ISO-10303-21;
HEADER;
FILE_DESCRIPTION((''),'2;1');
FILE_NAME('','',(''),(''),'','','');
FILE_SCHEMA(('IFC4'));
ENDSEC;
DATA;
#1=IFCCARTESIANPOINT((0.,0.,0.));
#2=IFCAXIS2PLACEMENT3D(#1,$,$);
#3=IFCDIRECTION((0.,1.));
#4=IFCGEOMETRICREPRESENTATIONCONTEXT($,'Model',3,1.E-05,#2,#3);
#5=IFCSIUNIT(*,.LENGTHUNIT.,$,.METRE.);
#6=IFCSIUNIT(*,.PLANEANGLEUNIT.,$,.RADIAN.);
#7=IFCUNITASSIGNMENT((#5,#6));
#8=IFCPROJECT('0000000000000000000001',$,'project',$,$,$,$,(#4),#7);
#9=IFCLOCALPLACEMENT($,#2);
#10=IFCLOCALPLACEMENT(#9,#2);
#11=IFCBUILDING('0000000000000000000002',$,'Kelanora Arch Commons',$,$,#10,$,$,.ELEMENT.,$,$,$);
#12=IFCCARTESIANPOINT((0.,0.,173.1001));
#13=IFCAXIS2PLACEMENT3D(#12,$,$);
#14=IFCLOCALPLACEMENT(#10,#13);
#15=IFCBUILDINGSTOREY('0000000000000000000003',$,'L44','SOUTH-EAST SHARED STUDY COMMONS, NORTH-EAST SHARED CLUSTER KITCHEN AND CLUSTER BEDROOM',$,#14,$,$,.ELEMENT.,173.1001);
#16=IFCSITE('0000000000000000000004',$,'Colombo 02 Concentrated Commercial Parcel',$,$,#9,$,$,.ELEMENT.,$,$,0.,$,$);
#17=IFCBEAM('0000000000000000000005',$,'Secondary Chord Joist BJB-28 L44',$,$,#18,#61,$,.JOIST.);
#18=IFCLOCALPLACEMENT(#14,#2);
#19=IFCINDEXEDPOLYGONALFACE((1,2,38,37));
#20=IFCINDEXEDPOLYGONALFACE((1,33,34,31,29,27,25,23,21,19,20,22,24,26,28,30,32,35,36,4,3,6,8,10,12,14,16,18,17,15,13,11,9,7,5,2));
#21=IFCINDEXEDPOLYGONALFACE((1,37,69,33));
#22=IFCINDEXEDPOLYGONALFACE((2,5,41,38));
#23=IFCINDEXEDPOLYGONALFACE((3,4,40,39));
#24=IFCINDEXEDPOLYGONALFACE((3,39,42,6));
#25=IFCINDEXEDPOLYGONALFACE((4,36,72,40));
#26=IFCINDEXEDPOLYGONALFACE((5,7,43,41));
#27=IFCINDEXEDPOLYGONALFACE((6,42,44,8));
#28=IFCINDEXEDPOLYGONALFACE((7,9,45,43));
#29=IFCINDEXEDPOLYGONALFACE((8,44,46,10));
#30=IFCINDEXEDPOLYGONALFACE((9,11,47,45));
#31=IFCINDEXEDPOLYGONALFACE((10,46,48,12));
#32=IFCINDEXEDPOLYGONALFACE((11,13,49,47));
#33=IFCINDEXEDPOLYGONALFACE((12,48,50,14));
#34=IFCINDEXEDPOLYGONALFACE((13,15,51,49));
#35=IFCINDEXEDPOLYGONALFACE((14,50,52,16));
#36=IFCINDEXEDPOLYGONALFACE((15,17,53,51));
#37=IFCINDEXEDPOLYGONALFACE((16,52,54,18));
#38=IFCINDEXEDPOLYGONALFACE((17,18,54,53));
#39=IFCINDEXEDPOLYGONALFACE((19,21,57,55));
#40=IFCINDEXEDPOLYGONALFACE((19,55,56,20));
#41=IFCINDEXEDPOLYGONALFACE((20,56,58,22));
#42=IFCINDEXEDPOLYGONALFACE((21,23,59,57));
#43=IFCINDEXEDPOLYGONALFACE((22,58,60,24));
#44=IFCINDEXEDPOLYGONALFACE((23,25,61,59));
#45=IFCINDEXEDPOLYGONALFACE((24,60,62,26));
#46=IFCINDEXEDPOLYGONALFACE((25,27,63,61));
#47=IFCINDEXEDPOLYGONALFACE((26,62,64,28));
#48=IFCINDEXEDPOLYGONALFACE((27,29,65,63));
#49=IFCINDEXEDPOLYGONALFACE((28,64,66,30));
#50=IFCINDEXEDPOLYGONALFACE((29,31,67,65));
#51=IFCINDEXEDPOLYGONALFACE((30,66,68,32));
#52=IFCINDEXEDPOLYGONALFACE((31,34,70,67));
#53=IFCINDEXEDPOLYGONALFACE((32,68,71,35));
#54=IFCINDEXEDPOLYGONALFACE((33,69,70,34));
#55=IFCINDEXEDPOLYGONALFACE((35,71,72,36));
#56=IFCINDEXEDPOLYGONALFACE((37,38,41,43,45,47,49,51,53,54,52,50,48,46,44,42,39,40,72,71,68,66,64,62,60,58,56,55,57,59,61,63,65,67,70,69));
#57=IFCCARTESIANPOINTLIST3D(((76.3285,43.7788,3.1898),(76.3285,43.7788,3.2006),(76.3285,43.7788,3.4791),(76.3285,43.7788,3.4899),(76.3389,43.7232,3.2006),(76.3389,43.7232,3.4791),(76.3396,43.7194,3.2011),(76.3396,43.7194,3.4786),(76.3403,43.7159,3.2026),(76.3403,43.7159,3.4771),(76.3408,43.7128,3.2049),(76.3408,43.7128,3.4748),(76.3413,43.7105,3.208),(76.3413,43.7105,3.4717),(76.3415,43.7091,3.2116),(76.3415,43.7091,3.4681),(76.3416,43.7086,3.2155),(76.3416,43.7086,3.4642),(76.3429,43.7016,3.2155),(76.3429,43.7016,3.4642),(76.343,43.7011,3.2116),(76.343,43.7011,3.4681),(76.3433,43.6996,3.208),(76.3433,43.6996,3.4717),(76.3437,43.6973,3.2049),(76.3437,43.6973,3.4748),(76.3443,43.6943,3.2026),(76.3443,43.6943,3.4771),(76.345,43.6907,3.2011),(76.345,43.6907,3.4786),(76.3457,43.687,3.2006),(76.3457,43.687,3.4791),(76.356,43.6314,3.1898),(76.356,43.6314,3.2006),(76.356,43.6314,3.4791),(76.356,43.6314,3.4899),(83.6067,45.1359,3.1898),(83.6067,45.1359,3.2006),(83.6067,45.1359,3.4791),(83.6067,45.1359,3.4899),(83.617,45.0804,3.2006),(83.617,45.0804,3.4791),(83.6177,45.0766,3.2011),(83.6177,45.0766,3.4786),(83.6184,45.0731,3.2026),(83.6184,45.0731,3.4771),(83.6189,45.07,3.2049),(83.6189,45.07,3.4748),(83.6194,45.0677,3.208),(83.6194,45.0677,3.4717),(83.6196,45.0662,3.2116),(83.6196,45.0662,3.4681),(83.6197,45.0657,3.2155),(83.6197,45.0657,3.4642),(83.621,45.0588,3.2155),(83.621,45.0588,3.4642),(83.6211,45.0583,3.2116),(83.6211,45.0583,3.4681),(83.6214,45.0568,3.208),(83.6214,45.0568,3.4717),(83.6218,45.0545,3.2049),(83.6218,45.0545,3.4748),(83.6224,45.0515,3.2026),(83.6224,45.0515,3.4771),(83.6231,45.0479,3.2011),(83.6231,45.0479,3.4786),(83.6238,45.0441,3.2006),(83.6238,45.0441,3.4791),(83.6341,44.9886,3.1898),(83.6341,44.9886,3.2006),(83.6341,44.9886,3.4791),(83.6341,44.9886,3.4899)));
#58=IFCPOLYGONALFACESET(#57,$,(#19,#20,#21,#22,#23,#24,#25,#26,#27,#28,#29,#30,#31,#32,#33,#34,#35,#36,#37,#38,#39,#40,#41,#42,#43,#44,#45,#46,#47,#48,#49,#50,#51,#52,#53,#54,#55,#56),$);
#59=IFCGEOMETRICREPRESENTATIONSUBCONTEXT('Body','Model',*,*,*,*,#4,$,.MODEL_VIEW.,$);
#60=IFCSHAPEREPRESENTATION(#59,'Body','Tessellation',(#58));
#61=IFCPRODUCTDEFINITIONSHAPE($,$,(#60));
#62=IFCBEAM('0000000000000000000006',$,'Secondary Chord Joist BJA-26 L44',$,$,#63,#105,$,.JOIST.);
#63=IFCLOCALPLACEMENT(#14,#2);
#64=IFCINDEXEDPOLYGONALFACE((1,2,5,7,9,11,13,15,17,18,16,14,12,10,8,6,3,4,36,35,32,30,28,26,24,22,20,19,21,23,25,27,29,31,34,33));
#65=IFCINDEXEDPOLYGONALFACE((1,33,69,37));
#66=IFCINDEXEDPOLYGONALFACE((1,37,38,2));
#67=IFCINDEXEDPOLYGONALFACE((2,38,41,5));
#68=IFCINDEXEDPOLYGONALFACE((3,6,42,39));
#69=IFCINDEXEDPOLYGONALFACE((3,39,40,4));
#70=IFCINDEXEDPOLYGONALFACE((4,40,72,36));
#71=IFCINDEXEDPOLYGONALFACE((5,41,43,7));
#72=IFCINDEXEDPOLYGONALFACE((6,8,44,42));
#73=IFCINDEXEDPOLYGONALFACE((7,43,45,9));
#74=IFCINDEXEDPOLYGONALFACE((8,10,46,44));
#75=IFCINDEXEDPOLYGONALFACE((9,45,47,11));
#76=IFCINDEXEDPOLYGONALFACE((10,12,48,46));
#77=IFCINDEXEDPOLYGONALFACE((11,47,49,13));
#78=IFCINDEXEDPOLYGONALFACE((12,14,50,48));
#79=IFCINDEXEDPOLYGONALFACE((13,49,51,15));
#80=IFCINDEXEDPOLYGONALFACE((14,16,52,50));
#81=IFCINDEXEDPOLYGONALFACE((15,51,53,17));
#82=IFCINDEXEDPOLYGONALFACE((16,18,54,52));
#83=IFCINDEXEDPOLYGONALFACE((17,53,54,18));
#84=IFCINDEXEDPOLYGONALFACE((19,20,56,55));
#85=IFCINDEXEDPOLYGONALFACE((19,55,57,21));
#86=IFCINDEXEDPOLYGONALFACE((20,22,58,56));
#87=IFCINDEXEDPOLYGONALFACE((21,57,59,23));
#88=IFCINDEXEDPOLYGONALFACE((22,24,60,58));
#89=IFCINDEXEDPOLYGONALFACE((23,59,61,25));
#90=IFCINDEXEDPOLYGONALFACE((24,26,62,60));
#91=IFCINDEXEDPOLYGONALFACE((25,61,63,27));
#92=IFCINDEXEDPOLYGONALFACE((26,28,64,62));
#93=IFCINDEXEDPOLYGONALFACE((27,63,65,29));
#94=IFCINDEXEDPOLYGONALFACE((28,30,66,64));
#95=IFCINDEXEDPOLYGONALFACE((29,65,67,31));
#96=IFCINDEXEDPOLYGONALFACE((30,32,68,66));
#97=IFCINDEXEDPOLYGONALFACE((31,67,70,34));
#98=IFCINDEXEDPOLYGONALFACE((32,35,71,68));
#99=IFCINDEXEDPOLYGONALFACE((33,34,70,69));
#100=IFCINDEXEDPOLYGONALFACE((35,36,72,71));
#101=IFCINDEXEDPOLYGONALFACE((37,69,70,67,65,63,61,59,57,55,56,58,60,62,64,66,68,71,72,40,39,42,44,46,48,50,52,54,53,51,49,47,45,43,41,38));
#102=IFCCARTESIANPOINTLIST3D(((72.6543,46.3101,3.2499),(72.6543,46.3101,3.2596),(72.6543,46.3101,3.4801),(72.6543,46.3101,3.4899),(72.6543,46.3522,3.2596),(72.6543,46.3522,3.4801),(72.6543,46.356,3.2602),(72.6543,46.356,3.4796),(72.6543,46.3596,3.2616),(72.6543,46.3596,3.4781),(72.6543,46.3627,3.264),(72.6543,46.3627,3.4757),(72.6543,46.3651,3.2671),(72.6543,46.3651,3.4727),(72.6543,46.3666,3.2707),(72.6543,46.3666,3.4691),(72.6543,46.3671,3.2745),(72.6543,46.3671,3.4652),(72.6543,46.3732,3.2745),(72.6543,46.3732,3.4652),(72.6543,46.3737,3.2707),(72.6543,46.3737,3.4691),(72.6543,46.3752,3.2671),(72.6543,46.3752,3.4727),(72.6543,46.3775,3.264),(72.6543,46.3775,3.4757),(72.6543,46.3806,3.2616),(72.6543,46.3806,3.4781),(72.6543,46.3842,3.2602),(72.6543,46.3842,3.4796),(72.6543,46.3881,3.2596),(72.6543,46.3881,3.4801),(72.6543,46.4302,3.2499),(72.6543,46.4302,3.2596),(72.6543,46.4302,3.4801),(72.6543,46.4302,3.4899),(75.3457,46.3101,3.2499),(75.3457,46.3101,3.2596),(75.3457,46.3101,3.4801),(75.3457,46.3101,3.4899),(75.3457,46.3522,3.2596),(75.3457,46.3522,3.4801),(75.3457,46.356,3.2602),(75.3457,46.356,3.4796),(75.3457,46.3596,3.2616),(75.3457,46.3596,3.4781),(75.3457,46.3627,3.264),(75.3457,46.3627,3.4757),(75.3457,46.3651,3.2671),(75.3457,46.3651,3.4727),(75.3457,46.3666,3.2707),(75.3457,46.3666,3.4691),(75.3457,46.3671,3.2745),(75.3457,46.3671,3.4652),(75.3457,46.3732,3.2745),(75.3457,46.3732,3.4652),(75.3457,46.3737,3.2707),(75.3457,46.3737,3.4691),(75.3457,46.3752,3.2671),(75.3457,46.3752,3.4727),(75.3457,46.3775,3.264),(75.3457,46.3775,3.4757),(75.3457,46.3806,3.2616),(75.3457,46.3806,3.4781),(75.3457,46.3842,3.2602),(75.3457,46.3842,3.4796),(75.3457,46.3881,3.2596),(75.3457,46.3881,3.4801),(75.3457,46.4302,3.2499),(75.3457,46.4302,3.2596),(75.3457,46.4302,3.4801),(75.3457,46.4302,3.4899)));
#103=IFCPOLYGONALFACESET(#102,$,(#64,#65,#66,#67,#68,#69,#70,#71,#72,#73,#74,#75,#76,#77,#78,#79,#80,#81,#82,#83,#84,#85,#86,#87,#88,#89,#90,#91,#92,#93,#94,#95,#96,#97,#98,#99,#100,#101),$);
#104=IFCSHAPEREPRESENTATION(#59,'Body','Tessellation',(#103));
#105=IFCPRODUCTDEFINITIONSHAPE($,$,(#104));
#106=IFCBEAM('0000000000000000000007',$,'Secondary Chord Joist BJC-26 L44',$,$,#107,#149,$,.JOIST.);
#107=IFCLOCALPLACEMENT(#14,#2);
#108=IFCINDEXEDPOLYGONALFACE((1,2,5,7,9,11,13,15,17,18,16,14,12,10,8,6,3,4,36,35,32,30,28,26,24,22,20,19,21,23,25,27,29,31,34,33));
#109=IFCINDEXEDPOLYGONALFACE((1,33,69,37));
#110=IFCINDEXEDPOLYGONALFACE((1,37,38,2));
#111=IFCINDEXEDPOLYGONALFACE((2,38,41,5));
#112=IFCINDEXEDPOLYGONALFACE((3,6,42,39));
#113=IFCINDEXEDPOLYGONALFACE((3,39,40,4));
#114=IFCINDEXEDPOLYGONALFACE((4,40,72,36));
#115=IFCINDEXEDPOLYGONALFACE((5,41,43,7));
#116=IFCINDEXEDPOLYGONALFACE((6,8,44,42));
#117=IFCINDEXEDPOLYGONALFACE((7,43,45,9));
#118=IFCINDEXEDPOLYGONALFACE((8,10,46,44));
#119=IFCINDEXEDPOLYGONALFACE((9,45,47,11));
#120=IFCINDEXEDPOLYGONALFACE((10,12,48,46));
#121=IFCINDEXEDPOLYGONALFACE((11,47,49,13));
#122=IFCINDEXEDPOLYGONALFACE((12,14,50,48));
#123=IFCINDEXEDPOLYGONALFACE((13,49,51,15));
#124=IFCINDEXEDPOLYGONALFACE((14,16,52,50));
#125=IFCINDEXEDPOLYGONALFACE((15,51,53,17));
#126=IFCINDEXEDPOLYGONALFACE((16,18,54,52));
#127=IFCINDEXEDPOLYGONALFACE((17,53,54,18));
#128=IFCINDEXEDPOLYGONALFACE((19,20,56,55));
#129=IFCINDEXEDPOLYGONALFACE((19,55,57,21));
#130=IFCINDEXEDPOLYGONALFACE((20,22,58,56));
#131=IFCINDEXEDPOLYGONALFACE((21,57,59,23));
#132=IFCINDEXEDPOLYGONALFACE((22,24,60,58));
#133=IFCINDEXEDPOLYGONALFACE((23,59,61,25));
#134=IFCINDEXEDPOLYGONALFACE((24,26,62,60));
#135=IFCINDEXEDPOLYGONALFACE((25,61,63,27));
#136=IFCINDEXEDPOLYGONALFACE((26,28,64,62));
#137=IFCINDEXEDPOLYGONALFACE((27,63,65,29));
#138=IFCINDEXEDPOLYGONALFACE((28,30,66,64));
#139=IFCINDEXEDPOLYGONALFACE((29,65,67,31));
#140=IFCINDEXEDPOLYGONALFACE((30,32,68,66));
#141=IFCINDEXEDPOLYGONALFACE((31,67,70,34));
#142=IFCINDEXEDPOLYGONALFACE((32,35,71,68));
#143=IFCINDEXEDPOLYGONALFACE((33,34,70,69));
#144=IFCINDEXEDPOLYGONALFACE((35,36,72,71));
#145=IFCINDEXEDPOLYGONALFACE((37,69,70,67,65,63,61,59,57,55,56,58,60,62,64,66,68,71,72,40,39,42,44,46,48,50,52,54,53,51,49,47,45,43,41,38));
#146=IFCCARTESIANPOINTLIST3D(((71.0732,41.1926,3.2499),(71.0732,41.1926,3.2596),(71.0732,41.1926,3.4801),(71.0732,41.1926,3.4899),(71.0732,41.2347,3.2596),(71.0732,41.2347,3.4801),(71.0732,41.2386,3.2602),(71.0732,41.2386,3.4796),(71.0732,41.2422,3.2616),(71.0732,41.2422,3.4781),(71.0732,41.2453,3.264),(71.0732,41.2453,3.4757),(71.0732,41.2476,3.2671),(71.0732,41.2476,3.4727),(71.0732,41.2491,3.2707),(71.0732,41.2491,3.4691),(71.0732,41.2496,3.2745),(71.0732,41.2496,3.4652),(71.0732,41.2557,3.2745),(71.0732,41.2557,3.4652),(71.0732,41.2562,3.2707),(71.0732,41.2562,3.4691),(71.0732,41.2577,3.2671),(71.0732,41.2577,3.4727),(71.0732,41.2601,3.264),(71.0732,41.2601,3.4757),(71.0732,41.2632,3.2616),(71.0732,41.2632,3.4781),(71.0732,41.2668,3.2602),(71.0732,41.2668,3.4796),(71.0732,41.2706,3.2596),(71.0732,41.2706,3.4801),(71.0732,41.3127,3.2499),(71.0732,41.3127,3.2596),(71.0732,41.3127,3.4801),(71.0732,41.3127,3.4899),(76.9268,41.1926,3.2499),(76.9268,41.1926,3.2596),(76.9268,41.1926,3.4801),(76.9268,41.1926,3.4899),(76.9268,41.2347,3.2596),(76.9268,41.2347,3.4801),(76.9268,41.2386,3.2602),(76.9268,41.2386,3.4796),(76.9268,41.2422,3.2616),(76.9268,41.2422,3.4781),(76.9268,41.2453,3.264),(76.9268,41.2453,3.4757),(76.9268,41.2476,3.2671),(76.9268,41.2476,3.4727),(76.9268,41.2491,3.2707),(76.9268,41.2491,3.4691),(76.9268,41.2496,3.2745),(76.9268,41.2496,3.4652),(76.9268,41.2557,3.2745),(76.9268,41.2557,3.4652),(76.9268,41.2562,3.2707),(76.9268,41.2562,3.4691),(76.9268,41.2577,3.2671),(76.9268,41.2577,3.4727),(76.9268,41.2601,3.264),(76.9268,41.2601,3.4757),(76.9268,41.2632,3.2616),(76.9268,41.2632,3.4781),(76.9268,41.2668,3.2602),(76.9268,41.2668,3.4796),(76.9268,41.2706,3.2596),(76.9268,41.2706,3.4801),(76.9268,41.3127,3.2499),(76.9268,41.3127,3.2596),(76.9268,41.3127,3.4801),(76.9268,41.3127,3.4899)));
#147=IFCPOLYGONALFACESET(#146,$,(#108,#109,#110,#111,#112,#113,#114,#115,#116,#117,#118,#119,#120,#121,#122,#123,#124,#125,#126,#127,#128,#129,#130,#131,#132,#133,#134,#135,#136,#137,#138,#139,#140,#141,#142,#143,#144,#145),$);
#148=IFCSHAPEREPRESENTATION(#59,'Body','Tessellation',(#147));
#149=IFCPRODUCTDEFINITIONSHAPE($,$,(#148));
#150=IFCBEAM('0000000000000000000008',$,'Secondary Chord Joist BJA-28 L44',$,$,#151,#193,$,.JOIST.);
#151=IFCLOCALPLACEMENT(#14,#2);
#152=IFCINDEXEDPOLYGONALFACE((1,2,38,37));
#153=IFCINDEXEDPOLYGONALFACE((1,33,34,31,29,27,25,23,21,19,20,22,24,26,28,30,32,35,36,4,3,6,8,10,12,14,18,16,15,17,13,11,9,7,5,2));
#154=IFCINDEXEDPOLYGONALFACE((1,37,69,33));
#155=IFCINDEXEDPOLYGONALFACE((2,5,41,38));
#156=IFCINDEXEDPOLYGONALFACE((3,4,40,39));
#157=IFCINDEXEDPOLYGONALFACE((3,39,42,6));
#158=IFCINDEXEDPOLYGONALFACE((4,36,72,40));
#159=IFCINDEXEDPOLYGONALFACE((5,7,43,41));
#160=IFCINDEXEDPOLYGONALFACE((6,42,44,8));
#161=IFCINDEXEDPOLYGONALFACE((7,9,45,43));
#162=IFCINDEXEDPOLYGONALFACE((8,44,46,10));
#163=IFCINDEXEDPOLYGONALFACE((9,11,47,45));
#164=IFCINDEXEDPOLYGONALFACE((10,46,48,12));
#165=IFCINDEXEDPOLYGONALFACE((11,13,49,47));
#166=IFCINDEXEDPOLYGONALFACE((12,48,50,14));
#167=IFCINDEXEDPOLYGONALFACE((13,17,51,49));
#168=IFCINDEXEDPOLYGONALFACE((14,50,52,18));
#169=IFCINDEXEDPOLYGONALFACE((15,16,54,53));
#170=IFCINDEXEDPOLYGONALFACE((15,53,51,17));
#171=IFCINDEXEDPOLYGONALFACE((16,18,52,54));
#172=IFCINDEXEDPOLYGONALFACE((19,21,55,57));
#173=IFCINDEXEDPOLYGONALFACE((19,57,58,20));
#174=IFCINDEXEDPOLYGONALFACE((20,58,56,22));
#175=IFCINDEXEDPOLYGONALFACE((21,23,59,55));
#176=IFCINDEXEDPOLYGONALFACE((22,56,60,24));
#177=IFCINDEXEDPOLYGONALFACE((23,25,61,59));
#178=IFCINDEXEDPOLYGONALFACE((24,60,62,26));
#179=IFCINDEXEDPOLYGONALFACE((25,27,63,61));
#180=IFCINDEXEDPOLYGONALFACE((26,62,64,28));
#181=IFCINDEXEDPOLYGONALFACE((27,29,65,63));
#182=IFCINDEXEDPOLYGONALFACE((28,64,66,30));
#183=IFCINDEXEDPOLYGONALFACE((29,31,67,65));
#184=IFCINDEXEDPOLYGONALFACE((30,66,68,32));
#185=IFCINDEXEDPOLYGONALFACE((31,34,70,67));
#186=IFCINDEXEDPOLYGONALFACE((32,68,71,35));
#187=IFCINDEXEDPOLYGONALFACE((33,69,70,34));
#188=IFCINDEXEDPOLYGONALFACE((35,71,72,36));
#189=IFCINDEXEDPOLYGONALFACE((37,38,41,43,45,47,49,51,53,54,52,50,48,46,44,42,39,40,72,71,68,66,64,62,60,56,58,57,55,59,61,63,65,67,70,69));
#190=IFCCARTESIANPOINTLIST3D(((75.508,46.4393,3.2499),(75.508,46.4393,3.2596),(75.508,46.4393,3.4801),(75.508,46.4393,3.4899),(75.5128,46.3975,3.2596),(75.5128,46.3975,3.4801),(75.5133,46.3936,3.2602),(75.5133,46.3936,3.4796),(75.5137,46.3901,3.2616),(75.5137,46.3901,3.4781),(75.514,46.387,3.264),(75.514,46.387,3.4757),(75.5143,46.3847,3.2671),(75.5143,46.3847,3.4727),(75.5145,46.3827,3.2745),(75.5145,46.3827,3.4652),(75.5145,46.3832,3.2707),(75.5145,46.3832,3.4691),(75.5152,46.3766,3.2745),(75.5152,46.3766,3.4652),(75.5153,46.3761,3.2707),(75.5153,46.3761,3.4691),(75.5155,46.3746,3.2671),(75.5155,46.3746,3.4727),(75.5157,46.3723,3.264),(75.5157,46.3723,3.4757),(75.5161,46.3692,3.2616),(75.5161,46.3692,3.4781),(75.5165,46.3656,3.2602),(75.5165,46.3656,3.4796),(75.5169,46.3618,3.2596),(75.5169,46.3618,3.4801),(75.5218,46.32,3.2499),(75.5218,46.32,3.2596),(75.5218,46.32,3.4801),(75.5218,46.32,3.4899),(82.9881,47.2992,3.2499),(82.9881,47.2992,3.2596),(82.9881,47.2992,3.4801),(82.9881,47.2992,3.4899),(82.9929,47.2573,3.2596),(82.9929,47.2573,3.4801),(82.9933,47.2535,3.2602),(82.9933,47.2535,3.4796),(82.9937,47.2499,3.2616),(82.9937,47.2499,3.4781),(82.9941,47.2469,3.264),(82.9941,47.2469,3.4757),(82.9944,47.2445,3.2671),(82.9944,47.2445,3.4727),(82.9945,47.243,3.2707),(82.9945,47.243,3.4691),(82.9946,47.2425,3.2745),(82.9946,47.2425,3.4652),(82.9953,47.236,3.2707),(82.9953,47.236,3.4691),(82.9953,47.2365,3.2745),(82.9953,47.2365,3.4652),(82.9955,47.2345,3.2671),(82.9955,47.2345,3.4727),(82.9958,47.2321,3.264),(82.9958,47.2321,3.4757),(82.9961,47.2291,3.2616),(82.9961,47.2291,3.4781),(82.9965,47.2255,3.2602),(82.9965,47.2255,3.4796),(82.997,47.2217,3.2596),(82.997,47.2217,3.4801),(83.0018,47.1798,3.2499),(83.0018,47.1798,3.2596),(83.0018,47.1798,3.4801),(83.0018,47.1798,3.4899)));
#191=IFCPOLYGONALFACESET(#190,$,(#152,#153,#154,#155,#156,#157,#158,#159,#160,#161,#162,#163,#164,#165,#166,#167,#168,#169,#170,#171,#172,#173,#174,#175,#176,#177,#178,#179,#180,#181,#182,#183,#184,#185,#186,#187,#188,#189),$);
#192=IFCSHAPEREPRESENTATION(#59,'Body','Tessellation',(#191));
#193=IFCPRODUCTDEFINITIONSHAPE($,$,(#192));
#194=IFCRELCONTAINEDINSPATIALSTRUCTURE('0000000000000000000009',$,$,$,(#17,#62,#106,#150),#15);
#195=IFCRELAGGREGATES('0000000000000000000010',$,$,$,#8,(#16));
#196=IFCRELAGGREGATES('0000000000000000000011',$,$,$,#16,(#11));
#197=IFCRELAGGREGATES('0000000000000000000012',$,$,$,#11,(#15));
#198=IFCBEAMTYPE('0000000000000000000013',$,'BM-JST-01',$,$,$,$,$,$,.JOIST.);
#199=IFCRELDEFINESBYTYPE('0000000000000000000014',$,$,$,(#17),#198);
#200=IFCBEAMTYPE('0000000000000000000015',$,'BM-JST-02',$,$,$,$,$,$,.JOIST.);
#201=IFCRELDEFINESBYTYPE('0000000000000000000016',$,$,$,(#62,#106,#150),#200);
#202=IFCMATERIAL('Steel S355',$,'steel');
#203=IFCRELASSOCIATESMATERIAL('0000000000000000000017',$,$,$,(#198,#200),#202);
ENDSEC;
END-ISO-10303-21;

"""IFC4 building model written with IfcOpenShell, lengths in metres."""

from ifc_helpers import new_model, si_unit, direction, frame, origin, origin_2d, place, context, subcontext, project, spatial, i_section, extrude, material, material_profile, profile_set, type_object, element, save


model = new_model("IFC4")

# Units and contexts
model_context = context("Model", 3, precision=1e-05, world=origin(), true_north=direction((0.0, 1.0)))
body_context = subcontext(model_context, "Body", "Model", "MODEL_VIEW")
ifc_project = project(units=[si_unit("LENGTHUNIT", "METRE"), si_unit("PLANEANGLEUNIT", "RADIAN")], contexts=[model_context])

# Site, building, storey
site_placement = place(None, origin())
site = spatial("IfcSite", under=ifc_project, at=site_placement, Name="Colombo 02 Concentrated Commercial Parcel", CompositionType="ELEMENT", RefElevation=0.0)
building_placement = place(site_placement, origin())
building = spatial("IfcBuilding", under=site, at=building_placement, Name="Kelanora Arch Commons", CompositionType="ELEMENT")
storey_placement = place(building_placement, frame((0.0, 0.0, 173.1001)))
storey = spatial("IfcBuildingStorey", under=building, at=storey_placement, Name="L44", Description="SOUTH-EAST SHARED STUDY COMMONS, NORTH-EAST SHARED CLUSTER KITCHEN AND CLUSTER BEDROOM", CompositionType="ELEMENT", Elevation=173.1001)

# Beams
ifc_material_1 = material(Name="Steel S355", Category="steel")
ifc_material_profile_1 = material_profile(ifc_material_1, i_section(OverallWidth=0.1499, OverallDepth=0.3, WebThickness=0.0071, FlangeThickness=0.0107, FilletRadius=0.0149, at=origin_2d()), Name="IPE300")
ifc_profile_set_1 = profile_set([ifc_material_profile_1], Name="Steel S355")
beam_type_1 = type_object("IfcBeamType", Name="BM-JST-01", PredefinedType="JOIST", material=ifc_profile_set_1)
beam_1_placement = place(storey_placement, frame((76.3423, 43.7051, 3.3398), z_axis=(0.983054, 0.183315, 0.0), x_axis=(-0.183315, 0.983054, 0.0)))
element("IfcBeam", 1, at=beam_1_placement, inside=storey, type_object=beam_type_1, Name="Secondary Chord Joist BJB-28 L44", PredefinedType="JOIST", context=body_context, shape_type="SweptSolid", body=[
    extrude(i_section(OverallWidth=0.1499, OverallDepth=0.3, WebThickness=0.0071, FlangeThickness=0.0107, FilletRadius=0.0149, at=origin_2d()), origin(), (0.0, 0.0, 1.0), 7.4036),
])
ifc_material_profile_2 = material_profile(ifc_material_1, i_section(OverallWidth=0.1201, OverallDepth=0.24, WebThickness=0.0061, FlangeThickness=0.0098, FilletRadius=0.0149, at=origin_2d()), Name="IPE240")
ifc_profile_set_2 = profile_set([ifc_material_profile_2], Name="Steel S355")
beam_type_2 = type_object("IfcBeamType", Name="BM-JST-02", PredefinedType="JOIST", material=ifc_profile_set_2)
beam_2_placement = place(storey_placement, frame((72.6543, 46.3701, 3.3699), z_axis=(1.0, 0.0, 0.0), x_axis=(0.0, 1.0, 0.0)))
element("IfcBeam", 2, at=beam_2_placement, inside=storey, type_object=beam_type_2, Name="Secondary Chord Joist BJA-26 L44", PredefinedType="JOIST", context=body_context, shape_type="SweptSolid", body=[
    extrude(i_section(OverallWidth=0.1201, OverallDepth=0.24, WebThickness=0.0061, FlangeThickness=0.0098, FilletRadius=0.0149, at=origin_2d()), origin(), (0.0, 0.0, 1.0), 2.6914),
])
beam_3_placement = place(storey_placement, frame((71.0732, 41.2527, 3.3699), z_axis=(1.0, 0.0, 0.0), x_axis=(0.0, 1.0, 0.0)))
element("IfcBeam", 3, at=beam_3_placement, inside=storey, type_object=beam_type_2, Name="Secondary Chord Joist BJC-26 L44", PredefinedType="JOIST", context=body_context, shape_type="SweptSolid", body=[
    extrude(i_section(OverallWidth=0.1201, OverallDepth=0.24, WebThickness=0.0061, FlangeThickness=0.0098, FilletRadius=0.0149, at=origin_2d()), origin(), (0.0, 0.0, 1.0), 5.8535),
])
beam_4_placement = place(storey_placement, frame((75.5149, 46.3796, 3.3699), z_axis=(0.993457, 0.114203, 0.0), x_axis=(-0.114203, 0.993457, 0.0)))
element("IfcBeam", 4, at=beam_4_placement, inside=storey, type_object=beam_type_2, Name="Secondary Chord Joist BJA-28 L44", PredefinedType="JOIST", context=body_context, shape_type="SweptSolid", body=[
    extrude(i_section(OverallWidth=0.1201, OverallDepth=0.24, WebThickness=0.0061, FlangeThickness=0.0098, FilletRadius=0.0149, at=origin_2d()), origin(), (0.0, 0.0, 1.0), 7.5293),
])

save(model, "model.ifc")
